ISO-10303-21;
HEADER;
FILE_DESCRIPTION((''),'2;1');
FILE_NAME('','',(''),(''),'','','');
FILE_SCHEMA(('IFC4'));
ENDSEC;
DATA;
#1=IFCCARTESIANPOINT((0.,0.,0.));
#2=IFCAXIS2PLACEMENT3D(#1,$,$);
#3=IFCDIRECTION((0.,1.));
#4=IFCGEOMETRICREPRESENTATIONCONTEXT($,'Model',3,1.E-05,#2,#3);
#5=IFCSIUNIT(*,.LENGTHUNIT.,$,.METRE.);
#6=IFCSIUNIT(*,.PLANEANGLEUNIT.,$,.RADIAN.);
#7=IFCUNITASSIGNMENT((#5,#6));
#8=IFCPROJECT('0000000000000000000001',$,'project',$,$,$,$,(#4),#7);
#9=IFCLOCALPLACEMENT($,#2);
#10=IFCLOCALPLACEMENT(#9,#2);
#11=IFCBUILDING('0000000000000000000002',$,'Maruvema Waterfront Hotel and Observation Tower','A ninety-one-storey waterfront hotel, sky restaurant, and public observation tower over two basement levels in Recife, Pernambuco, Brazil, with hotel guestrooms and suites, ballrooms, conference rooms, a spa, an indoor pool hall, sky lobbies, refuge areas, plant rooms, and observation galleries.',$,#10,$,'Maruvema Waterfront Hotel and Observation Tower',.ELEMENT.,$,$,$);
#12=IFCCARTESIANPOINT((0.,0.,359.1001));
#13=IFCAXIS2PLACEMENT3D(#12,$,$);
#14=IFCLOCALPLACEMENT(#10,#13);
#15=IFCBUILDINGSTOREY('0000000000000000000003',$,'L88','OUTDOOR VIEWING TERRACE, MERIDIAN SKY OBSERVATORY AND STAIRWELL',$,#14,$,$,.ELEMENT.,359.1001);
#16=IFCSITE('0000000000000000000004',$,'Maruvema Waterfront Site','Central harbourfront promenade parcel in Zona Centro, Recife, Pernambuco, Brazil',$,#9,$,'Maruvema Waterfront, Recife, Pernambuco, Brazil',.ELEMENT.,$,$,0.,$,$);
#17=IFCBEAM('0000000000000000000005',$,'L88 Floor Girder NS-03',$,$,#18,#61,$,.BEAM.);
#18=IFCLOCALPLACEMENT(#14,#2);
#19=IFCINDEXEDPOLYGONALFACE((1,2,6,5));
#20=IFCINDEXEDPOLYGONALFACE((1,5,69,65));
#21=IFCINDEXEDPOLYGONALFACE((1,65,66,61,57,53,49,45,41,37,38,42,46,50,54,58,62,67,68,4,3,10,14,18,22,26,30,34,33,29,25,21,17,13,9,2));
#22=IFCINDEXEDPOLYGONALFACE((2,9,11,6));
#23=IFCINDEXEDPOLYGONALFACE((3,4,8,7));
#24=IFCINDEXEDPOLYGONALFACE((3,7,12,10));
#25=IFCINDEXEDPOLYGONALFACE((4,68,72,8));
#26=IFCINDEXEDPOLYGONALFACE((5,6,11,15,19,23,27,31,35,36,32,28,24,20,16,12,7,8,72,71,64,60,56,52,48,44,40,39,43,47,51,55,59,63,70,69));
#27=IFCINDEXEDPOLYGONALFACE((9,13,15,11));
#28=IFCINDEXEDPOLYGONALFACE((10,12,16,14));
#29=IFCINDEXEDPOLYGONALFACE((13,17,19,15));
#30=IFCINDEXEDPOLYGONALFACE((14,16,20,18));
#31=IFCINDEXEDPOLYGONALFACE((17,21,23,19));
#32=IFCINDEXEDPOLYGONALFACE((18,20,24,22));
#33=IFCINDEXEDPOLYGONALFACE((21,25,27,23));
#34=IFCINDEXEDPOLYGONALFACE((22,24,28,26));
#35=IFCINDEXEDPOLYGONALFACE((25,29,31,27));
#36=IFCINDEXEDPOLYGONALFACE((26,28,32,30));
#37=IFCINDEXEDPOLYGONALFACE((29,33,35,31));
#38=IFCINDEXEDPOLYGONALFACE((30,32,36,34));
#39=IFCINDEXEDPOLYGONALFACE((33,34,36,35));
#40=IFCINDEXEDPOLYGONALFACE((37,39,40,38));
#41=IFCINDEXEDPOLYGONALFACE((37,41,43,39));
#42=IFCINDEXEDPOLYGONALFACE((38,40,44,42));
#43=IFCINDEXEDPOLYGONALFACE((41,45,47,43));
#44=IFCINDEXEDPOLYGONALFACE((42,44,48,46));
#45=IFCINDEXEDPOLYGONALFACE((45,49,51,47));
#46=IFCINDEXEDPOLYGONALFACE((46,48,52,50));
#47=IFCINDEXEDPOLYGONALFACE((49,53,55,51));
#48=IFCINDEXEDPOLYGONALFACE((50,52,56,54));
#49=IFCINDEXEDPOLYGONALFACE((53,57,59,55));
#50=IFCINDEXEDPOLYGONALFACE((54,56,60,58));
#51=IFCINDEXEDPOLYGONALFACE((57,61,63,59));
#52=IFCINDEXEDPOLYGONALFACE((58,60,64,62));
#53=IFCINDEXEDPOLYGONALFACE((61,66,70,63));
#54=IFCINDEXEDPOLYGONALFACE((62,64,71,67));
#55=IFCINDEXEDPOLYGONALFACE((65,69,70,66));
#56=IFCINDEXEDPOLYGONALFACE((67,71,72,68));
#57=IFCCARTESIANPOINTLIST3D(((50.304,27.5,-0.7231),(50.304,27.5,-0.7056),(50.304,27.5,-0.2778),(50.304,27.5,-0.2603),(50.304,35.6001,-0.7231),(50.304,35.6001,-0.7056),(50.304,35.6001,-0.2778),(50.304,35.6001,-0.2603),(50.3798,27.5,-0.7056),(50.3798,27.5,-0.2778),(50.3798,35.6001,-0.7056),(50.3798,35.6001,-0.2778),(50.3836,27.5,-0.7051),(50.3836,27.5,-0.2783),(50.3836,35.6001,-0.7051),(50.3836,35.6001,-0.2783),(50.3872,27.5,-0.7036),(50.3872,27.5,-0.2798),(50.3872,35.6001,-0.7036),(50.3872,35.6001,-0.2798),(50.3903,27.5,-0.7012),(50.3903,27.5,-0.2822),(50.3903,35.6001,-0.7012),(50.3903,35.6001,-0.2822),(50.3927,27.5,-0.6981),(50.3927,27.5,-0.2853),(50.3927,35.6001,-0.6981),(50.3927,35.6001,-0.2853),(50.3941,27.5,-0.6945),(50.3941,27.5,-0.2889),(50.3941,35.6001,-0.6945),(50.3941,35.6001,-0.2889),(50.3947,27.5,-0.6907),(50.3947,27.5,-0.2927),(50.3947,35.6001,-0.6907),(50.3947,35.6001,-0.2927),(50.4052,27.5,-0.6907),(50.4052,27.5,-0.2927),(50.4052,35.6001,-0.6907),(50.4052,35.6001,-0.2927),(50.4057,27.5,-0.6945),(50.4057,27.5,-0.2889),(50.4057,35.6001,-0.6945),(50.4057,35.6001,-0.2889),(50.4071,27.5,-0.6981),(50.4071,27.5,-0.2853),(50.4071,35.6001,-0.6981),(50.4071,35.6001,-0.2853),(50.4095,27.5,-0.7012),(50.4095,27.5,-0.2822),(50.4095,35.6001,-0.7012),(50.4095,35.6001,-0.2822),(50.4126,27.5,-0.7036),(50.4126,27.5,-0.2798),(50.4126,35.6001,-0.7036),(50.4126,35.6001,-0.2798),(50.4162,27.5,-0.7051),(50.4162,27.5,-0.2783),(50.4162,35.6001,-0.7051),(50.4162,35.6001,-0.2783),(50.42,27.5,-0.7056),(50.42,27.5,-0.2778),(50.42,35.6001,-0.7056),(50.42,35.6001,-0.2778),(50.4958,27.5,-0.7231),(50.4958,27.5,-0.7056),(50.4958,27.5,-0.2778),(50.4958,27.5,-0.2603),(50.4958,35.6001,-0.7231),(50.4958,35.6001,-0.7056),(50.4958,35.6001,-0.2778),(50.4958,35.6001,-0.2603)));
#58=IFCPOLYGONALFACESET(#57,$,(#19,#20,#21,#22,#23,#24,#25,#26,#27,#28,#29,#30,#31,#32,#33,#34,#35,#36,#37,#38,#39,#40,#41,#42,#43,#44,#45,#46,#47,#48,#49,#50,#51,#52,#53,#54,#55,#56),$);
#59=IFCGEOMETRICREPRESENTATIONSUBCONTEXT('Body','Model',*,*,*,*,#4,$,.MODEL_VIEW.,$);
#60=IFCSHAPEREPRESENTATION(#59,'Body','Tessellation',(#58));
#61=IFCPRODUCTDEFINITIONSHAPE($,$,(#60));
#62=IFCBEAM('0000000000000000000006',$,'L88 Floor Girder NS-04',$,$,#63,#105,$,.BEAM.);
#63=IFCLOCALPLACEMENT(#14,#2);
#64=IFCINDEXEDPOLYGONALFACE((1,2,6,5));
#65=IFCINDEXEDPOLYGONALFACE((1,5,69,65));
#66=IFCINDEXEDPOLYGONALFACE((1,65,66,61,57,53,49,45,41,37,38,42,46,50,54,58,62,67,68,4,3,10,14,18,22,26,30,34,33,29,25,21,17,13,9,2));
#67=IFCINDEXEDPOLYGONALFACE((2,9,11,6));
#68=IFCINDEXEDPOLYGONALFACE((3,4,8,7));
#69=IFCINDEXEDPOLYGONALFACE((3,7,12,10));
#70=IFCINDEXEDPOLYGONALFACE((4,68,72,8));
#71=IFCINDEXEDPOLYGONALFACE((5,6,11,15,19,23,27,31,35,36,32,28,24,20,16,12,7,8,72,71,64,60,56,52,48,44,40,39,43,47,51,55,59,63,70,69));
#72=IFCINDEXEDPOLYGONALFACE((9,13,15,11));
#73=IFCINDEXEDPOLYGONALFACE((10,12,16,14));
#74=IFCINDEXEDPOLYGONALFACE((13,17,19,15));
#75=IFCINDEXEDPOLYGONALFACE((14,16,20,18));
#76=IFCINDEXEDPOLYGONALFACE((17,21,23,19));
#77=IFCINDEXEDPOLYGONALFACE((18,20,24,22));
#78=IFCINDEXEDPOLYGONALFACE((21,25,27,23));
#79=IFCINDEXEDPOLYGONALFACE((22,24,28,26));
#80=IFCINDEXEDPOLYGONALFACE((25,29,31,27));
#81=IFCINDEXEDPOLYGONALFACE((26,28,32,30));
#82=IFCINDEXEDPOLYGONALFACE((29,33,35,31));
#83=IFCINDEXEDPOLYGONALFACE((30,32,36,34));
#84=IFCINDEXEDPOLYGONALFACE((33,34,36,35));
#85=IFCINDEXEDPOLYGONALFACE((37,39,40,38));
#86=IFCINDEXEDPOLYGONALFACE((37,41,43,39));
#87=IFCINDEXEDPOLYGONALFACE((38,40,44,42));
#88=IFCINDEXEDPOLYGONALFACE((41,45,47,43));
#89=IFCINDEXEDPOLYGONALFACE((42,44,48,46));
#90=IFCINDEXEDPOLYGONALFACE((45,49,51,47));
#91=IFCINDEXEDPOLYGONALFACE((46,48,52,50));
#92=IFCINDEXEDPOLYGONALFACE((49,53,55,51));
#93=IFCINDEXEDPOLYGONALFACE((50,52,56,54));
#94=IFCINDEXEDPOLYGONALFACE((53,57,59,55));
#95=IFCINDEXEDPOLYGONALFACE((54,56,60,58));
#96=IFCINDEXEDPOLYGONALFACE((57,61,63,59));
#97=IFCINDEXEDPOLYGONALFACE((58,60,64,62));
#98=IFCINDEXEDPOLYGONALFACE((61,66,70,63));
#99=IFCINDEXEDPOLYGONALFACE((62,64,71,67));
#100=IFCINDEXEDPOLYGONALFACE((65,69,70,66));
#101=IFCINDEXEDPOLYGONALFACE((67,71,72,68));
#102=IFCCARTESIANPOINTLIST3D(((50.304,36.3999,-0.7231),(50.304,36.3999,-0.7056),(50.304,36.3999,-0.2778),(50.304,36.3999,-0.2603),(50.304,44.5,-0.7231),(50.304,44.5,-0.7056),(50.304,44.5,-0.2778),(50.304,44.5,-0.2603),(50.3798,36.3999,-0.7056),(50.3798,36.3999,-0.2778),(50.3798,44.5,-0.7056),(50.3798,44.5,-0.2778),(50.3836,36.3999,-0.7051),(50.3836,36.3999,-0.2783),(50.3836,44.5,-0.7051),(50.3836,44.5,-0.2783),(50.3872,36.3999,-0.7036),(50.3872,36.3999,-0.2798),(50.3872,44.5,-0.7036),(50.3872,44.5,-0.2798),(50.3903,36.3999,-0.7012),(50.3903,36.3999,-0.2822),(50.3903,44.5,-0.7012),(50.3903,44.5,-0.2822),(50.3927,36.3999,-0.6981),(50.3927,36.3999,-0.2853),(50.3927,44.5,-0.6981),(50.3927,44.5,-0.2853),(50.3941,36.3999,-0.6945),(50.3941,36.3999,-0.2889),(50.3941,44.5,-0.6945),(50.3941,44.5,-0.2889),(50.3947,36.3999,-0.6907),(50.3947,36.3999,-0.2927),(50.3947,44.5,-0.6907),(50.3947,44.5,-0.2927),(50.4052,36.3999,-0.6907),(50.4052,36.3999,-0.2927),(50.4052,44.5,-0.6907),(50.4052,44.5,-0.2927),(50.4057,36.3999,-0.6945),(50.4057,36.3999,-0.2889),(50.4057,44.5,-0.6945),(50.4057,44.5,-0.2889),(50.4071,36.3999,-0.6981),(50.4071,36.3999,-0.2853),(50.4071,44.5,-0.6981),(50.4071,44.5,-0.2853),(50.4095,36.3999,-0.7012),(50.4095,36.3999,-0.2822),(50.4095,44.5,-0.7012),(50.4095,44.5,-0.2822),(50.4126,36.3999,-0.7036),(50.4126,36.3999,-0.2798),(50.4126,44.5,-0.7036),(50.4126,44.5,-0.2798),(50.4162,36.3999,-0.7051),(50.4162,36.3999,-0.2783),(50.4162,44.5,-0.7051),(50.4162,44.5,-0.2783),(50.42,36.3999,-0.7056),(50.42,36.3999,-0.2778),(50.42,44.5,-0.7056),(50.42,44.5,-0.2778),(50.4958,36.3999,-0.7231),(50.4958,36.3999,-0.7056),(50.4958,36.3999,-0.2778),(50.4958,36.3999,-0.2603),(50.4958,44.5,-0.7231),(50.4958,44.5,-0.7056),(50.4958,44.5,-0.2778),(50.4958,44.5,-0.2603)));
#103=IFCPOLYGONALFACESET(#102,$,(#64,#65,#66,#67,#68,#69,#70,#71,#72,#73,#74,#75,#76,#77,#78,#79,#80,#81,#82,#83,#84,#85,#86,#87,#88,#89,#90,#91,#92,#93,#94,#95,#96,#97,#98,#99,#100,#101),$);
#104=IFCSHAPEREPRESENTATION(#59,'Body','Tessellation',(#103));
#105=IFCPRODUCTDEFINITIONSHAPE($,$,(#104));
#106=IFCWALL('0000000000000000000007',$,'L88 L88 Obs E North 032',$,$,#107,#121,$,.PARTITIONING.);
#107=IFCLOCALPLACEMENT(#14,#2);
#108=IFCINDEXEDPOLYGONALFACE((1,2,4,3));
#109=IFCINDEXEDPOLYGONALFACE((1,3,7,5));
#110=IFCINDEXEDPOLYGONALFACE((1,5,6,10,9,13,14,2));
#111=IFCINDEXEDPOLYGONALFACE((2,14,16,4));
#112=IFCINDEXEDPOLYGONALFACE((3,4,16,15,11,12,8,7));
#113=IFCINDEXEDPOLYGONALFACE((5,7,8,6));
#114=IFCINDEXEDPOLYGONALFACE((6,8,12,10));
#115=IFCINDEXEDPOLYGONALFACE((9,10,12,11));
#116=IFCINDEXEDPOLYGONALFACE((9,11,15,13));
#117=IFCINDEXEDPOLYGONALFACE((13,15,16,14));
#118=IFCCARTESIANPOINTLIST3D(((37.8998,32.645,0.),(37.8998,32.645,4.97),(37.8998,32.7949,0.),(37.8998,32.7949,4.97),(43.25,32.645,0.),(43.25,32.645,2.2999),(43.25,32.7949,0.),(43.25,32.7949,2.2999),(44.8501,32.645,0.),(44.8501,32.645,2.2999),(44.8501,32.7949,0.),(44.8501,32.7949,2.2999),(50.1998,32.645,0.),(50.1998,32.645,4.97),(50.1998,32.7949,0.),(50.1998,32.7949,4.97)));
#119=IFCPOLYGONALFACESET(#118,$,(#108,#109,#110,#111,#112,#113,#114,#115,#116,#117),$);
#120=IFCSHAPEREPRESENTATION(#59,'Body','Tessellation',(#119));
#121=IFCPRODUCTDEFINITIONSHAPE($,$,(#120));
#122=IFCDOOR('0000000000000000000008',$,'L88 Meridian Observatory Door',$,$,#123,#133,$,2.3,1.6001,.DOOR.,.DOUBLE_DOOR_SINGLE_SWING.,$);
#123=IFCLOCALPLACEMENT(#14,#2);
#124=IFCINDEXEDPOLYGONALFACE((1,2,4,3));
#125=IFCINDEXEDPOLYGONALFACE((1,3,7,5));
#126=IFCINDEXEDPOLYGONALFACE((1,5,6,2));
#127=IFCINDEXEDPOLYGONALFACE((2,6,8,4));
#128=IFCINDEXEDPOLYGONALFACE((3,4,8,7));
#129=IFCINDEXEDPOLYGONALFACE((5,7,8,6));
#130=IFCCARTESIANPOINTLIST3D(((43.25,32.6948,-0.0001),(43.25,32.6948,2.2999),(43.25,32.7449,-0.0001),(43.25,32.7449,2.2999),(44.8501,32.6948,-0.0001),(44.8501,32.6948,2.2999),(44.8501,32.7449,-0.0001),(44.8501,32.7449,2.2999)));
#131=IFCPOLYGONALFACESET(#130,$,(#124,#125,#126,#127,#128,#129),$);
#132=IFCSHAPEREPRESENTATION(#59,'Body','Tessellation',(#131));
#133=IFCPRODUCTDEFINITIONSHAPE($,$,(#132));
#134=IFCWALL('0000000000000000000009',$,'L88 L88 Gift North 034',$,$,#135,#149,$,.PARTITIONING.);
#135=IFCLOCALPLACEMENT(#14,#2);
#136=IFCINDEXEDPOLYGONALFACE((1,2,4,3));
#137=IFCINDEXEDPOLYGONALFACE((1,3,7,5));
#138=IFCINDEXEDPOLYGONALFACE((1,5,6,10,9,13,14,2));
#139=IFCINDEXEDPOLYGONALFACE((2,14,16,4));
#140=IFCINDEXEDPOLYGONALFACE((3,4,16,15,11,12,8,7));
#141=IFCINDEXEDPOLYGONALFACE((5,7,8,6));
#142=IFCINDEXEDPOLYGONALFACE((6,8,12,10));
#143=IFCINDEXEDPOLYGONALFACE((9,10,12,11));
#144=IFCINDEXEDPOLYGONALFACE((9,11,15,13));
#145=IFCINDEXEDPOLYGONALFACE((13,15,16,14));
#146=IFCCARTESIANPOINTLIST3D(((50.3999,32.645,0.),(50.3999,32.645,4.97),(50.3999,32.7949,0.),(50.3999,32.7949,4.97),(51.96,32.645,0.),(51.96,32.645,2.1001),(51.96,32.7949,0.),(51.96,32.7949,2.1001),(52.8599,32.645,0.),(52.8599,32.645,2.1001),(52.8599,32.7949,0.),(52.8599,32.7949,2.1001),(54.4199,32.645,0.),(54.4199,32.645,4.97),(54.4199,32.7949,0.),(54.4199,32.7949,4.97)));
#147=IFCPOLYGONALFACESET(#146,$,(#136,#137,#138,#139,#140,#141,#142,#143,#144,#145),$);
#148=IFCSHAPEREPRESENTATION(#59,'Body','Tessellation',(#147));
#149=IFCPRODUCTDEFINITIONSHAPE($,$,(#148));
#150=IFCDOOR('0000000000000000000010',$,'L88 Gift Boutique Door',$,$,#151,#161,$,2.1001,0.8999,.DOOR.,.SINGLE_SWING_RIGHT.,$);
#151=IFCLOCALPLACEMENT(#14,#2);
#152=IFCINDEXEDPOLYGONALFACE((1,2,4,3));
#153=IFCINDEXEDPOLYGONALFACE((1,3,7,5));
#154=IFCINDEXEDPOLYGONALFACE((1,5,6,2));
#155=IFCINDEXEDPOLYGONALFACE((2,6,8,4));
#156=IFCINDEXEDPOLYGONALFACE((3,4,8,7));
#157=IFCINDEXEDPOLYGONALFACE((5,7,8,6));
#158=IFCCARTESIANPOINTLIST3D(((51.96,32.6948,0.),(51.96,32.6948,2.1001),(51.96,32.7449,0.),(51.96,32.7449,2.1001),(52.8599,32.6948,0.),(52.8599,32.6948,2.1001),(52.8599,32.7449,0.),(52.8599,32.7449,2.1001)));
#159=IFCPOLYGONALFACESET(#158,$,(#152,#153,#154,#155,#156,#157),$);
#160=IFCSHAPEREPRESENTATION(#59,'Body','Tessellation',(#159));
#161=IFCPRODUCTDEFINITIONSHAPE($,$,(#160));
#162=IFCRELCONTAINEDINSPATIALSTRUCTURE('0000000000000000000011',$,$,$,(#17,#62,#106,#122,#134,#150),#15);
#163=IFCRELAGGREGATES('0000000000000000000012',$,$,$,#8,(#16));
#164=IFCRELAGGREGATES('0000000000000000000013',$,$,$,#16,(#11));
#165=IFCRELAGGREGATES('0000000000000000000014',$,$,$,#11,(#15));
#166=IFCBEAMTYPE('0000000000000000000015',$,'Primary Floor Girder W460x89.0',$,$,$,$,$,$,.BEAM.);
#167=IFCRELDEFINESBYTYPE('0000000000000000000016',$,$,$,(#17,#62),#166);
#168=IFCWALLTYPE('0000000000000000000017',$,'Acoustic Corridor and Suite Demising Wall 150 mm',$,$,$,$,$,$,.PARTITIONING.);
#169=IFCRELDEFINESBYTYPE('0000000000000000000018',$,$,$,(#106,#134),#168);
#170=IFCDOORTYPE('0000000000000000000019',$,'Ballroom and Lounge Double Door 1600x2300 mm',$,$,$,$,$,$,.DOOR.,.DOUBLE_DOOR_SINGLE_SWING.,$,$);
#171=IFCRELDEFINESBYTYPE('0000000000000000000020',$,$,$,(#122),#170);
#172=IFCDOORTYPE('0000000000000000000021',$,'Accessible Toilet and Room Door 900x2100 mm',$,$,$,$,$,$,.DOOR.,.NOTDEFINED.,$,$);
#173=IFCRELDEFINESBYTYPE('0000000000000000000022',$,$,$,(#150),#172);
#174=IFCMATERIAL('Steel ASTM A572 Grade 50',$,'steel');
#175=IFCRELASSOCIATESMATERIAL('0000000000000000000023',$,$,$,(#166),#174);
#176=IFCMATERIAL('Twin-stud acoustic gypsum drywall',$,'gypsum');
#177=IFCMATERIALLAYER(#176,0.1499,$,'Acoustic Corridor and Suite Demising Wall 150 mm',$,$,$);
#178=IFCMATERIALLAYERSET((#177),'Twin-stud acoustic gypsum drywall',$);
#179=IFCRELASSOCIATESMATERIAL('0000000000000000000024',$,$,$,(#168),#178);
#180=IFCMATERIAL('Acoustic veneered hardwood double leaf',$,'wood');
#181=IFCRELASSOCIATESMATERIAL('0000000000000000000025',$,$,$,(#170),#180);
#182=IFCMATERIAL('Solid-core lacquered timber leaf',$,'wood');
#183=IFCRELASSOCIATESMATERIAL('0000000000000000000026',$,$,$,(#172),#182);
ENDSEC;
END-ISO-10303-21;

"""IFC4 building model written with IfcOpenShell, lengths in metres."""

from ifc_helpers import new_model, si_unit, direction, frame, frame_2d, origin, origin_2d, place, context, subcontext, project, spatial, rectangle, i_section, extrude, material, layer, layer_set, material_profile, profile_set, type_object, element, fill, save


model = new_model("IFC4")

# Units and contexts
model_context = context("Model", 3, precision=1e-05, world=origin(), true_north=direction((0.0, 1.0)))
body_context = subcontext(model_context, "Body", "Model", "MODEL_VIEW")
ifc_project = project(units=[si_unit("LENGTHUNIT", "METRE"), si_unit("PLANEANGLEUNIT", "RADIAN")], contexts=[model_context])

# Site, building, storey
site_placement = place(None, origin())
site = spatial("IfcSite", under=ifc_project, at=site_placement, Name="Maruvema Waterfront Site", Description="Central harbourfront promenade parcel in Zona Centro, Recife, Pernambuco, Brazil", LongName="Maruvema Waterfront, Recife, Pernambuco, Brazil", CompositionType="ELEMENT", RefElevation=0.0)
building_placement = place(site_placement, origin())
building = spatial("IfcBuilding", under=site, at=building_placement, Name="Maruvema Waterfront Hotel and Observation Tower", Description="A ninety-one-storey waterfront hotel, sky restaurant, and public observation tower over two basement levels in Recife, Pernambuco, Brazil, with hotel guestrooms and suites, ballrooms, conference rooms, a spa, an indoor pool hall, sky lobbies, refuge areas, plant rooms, and observation galleries.", LongName="Maruvema Waterfront Hotel and Observation Tower", CompositionType="ELEMENT")
storey_placement = place(building_placement, frame((0.0, 0.0, 359.1001)))
storey = spatial("IfcBuildingStorey", under=building, at=storey_placement, Name="L88", Description="OUTDOOR VIEWING TERRACE, MERIDIAN SKY OBSERVATORY AND STAIRWELL", CompositionType="ELEMENT", Elevation=359.1001)

# Beams
ifc_material_1 = material(Name="Steel ASTM A572 Grade 50", Category="steel")
ifc_material_profile_1 = material_profile(ifc_material_1, i_section(OverallWidth=0.1919, OverallDepth=0.4629, WebThickness=0.0105, FlangeThickness=0.0176, FilletRadius=0.0149, at=origin_2d()), Name="W460x89.0")
ifc_profile_set_1 = profile_set([ifc_material_profile_1], Name="Steel ASTM A572 Grade 50")
beam_type = type_object("IfcBeamType", Name="Primary Floor Girder W460x89.0", PredefinedType="BEAM", material=ifc_profile_set_1)
for number, where, z_axis, x_axis, name in (
    (1, (50.3999, 27.5, -0.4917), (0.0, 1.0, 0.0), (-1.0, 0.0, 0.0), "L88 Floor Girder NS-03"),
    (2, (50.3999, 36.3999, -0.4917), (0.0, 1.0, 0.0), (-1.0, 0.0, 0.0), "L88 Floor Girder NS-04"),
):
    element("IfcBeam", number, at=place(storey_placement, frame(where, z_axis=z_axis, x_axis=x_axis)), inside=storey, type_object=beam_type, Name=name, PredefinedType="BEAM", context=body_context, shape_type="SweptSolid", body=[
        extrude(i_section(OverallWidth=0.1919, OverallDepth=0.4629, WebThickness=0.0105, FlangeThickness=0.0176, FilletRadius=0.0149, at=origin_2d()), origin(), (0.0, 0.0, 1.0), 8.1001),
    ])

# Walls, openings, doors
ifc_material_2 = material(Name="Twin-stud acoustic gypsum drywall", Category="gypsum")
ifc_layer_1 = layer(ifc_material_2, 0.1499, Name="Acoustic Corridor and Suite Demising Wall 150 mm")
ifc_layer_set_1 = layer_set([ifc_layer_1], Name="Twin-stud acoustic gypsum drywall")
wall_type_1 = type_object("IfcWallType", Name="Acoustic Corridor and Suite Demising Wall 150 mm", PredefinedType="PARTITIONING", material=ifc_layer_set_1)
wall_1_placement = place(storey_placement, frame((37.8999, 32.72, 0.0), z_axis=(0.0, 0.0, 1.0), x_axis=(1.0, 0.0, 0.0)))
wall_1 = element("IfcWall", 3, at=wall_1_placement, inside=storey, type_object=wall_type_1, Name="L88 L88 Obs E North 032", PredefinedType="PARTITIONING", context=body_context, shape_type="SweptSolid", body=[
    extrude(rectangle(XDim=12.3, YDim=0.1499, at=frame_2d((6.1499, 0.0))), origin(), (0.0, 0.0, 1.0), 4.97),
])
opening_1_placement = place(wall_1_placement, frame((5.3501, 0.0, 0.0)))
opening_1 = element("IfcOpeningElement", 4, at=opening_1_placement, cuts=wall_1, PredefinedType="OPENING", context=body_context, shape_type="SweptSolid", body=[
    extrude(rectangle(XDim=1.6001, YDim=2.3, at=frame_2d((0.8, 1.1499))), frame((0.0, 0.085, 0.0), z_axis=(0.0, -1.0, 0.0), x_axis=(1.0, 0.0, 0.0)), (0.0, 0.0, 1.0), 0.1699),
])
ifc_material_3 = material(Name="Acoustic veneered hardwood double leaf", Category="wood")
door_type_1 = type_object("IfcDoorType", Name="Ballroom and Lounge Double Door 1600x2300 mm", OperationType="DOUBLE_DOOR_SINGLE_SWING", PredefinedType="DOOR", material=ifc_material_3)
door_1_placement = place(opening_1_placement, origin())
door_1 = element("IfcDoor", 5, at=door_1_placement, inside=storey, type_object=door_type_1, Name="L88 Meridian Observatory Door", OperationType="DOUBLE_DOOR_SINGLE_SWING", OverallHeight=2.3, OverallWidth=1.6001, PredefinedType="DOOR", context=body_context, shape_type="SweptSolid", body=[
    extrude(rectangle(XDim=1.6001, YDim=2.3, at=frame_2d((0.8, 1.1499))), frame((0.0, 0.0249, 0.0), z_axis=(0.0, -1.0, 0.0), x_axis=(1.0, 0.0, 0.0)), (0.0, 0.0, 1.0), 0.05),
])
fill(opening_1, door_1)
wall_2_placement = place(storey_placement, frame((50.3999, 32.72, 0.0), z_axis=(0.0, 0.0, 1.0), x_axis=(1.0, 0.0, 0.0)))
wall_2 = element("IfcWall", 6, at=wall_2_placement, inside=storey, type_object=wall_type_1, Name="L88 L88 Gift North 034", PredefinedType="PARTITIONING", context=body_context, shape_type="SweptSolid", body=[
    extrude(rectangle(XDim=4.02, YDim=0.1499, at=frame_2d((2.01, 0.0))), origin(), (0.0, 0.0, 1.0), 4.97),
])
opening_2_placement = place(wall_2_placement, frame((1.5601, 0.0, 0.0)))
opening_2 = element("IfcOpeningElement", 7, at=opening_2_placement, cuts=wall_2, PredefinedType="OPENING", context=body_context, shape_type="SweptSolid", body=[
    extrude(rectangle(XDim=0.8999, YDim=2.1001, at=frame_2d((0.45, 1.05))), frame((0.0, 0.085, 0.0), z_axis=(0.0, -1.0, 0.0), x_axis=(1.0, 0.0, 0.0)), (0.0, 0.0, 1.0), 0.1699),
])
ifc_material_4 = material(Name="Solid-core lacquered timber leaf", Category="wood")
door_type_2 = type_object("IfcDoorType", Name="Accessible Toilet and Room Door 900x2100 mm", OperationType="NOTDEFINED", PredefinedType="DOOR", material=ifc_material_4)
door_2_placement = place(opening_2_placement, origin())
door_2 = element("IfcDoor", 8, at=door_2_placement, inside=storey, type_object=door_type_2, Name="L88 Gift Boutique Door", OperationType="SINGLE_SWING_RIGHT", OverallHeight=2.1001, OverallWidth=0.8999, PredefinedType="DOOR", context=body_context, shape_type="SweptSolid", body=[
    extrude(rectangle(XDim=0.8999, YDim=2.1001, at=frame_2d((0.45, 1.05))), frame((0.0, 0.0249, 0.0), z_axis=(0.0, -1.0, 0.0), x_axis=(1.0, 0.0, 0.0)), (0.0, 0.0, 1.0), 0.05),
])
fill(opening_2, door_2)

save(model, "model.ifc")
